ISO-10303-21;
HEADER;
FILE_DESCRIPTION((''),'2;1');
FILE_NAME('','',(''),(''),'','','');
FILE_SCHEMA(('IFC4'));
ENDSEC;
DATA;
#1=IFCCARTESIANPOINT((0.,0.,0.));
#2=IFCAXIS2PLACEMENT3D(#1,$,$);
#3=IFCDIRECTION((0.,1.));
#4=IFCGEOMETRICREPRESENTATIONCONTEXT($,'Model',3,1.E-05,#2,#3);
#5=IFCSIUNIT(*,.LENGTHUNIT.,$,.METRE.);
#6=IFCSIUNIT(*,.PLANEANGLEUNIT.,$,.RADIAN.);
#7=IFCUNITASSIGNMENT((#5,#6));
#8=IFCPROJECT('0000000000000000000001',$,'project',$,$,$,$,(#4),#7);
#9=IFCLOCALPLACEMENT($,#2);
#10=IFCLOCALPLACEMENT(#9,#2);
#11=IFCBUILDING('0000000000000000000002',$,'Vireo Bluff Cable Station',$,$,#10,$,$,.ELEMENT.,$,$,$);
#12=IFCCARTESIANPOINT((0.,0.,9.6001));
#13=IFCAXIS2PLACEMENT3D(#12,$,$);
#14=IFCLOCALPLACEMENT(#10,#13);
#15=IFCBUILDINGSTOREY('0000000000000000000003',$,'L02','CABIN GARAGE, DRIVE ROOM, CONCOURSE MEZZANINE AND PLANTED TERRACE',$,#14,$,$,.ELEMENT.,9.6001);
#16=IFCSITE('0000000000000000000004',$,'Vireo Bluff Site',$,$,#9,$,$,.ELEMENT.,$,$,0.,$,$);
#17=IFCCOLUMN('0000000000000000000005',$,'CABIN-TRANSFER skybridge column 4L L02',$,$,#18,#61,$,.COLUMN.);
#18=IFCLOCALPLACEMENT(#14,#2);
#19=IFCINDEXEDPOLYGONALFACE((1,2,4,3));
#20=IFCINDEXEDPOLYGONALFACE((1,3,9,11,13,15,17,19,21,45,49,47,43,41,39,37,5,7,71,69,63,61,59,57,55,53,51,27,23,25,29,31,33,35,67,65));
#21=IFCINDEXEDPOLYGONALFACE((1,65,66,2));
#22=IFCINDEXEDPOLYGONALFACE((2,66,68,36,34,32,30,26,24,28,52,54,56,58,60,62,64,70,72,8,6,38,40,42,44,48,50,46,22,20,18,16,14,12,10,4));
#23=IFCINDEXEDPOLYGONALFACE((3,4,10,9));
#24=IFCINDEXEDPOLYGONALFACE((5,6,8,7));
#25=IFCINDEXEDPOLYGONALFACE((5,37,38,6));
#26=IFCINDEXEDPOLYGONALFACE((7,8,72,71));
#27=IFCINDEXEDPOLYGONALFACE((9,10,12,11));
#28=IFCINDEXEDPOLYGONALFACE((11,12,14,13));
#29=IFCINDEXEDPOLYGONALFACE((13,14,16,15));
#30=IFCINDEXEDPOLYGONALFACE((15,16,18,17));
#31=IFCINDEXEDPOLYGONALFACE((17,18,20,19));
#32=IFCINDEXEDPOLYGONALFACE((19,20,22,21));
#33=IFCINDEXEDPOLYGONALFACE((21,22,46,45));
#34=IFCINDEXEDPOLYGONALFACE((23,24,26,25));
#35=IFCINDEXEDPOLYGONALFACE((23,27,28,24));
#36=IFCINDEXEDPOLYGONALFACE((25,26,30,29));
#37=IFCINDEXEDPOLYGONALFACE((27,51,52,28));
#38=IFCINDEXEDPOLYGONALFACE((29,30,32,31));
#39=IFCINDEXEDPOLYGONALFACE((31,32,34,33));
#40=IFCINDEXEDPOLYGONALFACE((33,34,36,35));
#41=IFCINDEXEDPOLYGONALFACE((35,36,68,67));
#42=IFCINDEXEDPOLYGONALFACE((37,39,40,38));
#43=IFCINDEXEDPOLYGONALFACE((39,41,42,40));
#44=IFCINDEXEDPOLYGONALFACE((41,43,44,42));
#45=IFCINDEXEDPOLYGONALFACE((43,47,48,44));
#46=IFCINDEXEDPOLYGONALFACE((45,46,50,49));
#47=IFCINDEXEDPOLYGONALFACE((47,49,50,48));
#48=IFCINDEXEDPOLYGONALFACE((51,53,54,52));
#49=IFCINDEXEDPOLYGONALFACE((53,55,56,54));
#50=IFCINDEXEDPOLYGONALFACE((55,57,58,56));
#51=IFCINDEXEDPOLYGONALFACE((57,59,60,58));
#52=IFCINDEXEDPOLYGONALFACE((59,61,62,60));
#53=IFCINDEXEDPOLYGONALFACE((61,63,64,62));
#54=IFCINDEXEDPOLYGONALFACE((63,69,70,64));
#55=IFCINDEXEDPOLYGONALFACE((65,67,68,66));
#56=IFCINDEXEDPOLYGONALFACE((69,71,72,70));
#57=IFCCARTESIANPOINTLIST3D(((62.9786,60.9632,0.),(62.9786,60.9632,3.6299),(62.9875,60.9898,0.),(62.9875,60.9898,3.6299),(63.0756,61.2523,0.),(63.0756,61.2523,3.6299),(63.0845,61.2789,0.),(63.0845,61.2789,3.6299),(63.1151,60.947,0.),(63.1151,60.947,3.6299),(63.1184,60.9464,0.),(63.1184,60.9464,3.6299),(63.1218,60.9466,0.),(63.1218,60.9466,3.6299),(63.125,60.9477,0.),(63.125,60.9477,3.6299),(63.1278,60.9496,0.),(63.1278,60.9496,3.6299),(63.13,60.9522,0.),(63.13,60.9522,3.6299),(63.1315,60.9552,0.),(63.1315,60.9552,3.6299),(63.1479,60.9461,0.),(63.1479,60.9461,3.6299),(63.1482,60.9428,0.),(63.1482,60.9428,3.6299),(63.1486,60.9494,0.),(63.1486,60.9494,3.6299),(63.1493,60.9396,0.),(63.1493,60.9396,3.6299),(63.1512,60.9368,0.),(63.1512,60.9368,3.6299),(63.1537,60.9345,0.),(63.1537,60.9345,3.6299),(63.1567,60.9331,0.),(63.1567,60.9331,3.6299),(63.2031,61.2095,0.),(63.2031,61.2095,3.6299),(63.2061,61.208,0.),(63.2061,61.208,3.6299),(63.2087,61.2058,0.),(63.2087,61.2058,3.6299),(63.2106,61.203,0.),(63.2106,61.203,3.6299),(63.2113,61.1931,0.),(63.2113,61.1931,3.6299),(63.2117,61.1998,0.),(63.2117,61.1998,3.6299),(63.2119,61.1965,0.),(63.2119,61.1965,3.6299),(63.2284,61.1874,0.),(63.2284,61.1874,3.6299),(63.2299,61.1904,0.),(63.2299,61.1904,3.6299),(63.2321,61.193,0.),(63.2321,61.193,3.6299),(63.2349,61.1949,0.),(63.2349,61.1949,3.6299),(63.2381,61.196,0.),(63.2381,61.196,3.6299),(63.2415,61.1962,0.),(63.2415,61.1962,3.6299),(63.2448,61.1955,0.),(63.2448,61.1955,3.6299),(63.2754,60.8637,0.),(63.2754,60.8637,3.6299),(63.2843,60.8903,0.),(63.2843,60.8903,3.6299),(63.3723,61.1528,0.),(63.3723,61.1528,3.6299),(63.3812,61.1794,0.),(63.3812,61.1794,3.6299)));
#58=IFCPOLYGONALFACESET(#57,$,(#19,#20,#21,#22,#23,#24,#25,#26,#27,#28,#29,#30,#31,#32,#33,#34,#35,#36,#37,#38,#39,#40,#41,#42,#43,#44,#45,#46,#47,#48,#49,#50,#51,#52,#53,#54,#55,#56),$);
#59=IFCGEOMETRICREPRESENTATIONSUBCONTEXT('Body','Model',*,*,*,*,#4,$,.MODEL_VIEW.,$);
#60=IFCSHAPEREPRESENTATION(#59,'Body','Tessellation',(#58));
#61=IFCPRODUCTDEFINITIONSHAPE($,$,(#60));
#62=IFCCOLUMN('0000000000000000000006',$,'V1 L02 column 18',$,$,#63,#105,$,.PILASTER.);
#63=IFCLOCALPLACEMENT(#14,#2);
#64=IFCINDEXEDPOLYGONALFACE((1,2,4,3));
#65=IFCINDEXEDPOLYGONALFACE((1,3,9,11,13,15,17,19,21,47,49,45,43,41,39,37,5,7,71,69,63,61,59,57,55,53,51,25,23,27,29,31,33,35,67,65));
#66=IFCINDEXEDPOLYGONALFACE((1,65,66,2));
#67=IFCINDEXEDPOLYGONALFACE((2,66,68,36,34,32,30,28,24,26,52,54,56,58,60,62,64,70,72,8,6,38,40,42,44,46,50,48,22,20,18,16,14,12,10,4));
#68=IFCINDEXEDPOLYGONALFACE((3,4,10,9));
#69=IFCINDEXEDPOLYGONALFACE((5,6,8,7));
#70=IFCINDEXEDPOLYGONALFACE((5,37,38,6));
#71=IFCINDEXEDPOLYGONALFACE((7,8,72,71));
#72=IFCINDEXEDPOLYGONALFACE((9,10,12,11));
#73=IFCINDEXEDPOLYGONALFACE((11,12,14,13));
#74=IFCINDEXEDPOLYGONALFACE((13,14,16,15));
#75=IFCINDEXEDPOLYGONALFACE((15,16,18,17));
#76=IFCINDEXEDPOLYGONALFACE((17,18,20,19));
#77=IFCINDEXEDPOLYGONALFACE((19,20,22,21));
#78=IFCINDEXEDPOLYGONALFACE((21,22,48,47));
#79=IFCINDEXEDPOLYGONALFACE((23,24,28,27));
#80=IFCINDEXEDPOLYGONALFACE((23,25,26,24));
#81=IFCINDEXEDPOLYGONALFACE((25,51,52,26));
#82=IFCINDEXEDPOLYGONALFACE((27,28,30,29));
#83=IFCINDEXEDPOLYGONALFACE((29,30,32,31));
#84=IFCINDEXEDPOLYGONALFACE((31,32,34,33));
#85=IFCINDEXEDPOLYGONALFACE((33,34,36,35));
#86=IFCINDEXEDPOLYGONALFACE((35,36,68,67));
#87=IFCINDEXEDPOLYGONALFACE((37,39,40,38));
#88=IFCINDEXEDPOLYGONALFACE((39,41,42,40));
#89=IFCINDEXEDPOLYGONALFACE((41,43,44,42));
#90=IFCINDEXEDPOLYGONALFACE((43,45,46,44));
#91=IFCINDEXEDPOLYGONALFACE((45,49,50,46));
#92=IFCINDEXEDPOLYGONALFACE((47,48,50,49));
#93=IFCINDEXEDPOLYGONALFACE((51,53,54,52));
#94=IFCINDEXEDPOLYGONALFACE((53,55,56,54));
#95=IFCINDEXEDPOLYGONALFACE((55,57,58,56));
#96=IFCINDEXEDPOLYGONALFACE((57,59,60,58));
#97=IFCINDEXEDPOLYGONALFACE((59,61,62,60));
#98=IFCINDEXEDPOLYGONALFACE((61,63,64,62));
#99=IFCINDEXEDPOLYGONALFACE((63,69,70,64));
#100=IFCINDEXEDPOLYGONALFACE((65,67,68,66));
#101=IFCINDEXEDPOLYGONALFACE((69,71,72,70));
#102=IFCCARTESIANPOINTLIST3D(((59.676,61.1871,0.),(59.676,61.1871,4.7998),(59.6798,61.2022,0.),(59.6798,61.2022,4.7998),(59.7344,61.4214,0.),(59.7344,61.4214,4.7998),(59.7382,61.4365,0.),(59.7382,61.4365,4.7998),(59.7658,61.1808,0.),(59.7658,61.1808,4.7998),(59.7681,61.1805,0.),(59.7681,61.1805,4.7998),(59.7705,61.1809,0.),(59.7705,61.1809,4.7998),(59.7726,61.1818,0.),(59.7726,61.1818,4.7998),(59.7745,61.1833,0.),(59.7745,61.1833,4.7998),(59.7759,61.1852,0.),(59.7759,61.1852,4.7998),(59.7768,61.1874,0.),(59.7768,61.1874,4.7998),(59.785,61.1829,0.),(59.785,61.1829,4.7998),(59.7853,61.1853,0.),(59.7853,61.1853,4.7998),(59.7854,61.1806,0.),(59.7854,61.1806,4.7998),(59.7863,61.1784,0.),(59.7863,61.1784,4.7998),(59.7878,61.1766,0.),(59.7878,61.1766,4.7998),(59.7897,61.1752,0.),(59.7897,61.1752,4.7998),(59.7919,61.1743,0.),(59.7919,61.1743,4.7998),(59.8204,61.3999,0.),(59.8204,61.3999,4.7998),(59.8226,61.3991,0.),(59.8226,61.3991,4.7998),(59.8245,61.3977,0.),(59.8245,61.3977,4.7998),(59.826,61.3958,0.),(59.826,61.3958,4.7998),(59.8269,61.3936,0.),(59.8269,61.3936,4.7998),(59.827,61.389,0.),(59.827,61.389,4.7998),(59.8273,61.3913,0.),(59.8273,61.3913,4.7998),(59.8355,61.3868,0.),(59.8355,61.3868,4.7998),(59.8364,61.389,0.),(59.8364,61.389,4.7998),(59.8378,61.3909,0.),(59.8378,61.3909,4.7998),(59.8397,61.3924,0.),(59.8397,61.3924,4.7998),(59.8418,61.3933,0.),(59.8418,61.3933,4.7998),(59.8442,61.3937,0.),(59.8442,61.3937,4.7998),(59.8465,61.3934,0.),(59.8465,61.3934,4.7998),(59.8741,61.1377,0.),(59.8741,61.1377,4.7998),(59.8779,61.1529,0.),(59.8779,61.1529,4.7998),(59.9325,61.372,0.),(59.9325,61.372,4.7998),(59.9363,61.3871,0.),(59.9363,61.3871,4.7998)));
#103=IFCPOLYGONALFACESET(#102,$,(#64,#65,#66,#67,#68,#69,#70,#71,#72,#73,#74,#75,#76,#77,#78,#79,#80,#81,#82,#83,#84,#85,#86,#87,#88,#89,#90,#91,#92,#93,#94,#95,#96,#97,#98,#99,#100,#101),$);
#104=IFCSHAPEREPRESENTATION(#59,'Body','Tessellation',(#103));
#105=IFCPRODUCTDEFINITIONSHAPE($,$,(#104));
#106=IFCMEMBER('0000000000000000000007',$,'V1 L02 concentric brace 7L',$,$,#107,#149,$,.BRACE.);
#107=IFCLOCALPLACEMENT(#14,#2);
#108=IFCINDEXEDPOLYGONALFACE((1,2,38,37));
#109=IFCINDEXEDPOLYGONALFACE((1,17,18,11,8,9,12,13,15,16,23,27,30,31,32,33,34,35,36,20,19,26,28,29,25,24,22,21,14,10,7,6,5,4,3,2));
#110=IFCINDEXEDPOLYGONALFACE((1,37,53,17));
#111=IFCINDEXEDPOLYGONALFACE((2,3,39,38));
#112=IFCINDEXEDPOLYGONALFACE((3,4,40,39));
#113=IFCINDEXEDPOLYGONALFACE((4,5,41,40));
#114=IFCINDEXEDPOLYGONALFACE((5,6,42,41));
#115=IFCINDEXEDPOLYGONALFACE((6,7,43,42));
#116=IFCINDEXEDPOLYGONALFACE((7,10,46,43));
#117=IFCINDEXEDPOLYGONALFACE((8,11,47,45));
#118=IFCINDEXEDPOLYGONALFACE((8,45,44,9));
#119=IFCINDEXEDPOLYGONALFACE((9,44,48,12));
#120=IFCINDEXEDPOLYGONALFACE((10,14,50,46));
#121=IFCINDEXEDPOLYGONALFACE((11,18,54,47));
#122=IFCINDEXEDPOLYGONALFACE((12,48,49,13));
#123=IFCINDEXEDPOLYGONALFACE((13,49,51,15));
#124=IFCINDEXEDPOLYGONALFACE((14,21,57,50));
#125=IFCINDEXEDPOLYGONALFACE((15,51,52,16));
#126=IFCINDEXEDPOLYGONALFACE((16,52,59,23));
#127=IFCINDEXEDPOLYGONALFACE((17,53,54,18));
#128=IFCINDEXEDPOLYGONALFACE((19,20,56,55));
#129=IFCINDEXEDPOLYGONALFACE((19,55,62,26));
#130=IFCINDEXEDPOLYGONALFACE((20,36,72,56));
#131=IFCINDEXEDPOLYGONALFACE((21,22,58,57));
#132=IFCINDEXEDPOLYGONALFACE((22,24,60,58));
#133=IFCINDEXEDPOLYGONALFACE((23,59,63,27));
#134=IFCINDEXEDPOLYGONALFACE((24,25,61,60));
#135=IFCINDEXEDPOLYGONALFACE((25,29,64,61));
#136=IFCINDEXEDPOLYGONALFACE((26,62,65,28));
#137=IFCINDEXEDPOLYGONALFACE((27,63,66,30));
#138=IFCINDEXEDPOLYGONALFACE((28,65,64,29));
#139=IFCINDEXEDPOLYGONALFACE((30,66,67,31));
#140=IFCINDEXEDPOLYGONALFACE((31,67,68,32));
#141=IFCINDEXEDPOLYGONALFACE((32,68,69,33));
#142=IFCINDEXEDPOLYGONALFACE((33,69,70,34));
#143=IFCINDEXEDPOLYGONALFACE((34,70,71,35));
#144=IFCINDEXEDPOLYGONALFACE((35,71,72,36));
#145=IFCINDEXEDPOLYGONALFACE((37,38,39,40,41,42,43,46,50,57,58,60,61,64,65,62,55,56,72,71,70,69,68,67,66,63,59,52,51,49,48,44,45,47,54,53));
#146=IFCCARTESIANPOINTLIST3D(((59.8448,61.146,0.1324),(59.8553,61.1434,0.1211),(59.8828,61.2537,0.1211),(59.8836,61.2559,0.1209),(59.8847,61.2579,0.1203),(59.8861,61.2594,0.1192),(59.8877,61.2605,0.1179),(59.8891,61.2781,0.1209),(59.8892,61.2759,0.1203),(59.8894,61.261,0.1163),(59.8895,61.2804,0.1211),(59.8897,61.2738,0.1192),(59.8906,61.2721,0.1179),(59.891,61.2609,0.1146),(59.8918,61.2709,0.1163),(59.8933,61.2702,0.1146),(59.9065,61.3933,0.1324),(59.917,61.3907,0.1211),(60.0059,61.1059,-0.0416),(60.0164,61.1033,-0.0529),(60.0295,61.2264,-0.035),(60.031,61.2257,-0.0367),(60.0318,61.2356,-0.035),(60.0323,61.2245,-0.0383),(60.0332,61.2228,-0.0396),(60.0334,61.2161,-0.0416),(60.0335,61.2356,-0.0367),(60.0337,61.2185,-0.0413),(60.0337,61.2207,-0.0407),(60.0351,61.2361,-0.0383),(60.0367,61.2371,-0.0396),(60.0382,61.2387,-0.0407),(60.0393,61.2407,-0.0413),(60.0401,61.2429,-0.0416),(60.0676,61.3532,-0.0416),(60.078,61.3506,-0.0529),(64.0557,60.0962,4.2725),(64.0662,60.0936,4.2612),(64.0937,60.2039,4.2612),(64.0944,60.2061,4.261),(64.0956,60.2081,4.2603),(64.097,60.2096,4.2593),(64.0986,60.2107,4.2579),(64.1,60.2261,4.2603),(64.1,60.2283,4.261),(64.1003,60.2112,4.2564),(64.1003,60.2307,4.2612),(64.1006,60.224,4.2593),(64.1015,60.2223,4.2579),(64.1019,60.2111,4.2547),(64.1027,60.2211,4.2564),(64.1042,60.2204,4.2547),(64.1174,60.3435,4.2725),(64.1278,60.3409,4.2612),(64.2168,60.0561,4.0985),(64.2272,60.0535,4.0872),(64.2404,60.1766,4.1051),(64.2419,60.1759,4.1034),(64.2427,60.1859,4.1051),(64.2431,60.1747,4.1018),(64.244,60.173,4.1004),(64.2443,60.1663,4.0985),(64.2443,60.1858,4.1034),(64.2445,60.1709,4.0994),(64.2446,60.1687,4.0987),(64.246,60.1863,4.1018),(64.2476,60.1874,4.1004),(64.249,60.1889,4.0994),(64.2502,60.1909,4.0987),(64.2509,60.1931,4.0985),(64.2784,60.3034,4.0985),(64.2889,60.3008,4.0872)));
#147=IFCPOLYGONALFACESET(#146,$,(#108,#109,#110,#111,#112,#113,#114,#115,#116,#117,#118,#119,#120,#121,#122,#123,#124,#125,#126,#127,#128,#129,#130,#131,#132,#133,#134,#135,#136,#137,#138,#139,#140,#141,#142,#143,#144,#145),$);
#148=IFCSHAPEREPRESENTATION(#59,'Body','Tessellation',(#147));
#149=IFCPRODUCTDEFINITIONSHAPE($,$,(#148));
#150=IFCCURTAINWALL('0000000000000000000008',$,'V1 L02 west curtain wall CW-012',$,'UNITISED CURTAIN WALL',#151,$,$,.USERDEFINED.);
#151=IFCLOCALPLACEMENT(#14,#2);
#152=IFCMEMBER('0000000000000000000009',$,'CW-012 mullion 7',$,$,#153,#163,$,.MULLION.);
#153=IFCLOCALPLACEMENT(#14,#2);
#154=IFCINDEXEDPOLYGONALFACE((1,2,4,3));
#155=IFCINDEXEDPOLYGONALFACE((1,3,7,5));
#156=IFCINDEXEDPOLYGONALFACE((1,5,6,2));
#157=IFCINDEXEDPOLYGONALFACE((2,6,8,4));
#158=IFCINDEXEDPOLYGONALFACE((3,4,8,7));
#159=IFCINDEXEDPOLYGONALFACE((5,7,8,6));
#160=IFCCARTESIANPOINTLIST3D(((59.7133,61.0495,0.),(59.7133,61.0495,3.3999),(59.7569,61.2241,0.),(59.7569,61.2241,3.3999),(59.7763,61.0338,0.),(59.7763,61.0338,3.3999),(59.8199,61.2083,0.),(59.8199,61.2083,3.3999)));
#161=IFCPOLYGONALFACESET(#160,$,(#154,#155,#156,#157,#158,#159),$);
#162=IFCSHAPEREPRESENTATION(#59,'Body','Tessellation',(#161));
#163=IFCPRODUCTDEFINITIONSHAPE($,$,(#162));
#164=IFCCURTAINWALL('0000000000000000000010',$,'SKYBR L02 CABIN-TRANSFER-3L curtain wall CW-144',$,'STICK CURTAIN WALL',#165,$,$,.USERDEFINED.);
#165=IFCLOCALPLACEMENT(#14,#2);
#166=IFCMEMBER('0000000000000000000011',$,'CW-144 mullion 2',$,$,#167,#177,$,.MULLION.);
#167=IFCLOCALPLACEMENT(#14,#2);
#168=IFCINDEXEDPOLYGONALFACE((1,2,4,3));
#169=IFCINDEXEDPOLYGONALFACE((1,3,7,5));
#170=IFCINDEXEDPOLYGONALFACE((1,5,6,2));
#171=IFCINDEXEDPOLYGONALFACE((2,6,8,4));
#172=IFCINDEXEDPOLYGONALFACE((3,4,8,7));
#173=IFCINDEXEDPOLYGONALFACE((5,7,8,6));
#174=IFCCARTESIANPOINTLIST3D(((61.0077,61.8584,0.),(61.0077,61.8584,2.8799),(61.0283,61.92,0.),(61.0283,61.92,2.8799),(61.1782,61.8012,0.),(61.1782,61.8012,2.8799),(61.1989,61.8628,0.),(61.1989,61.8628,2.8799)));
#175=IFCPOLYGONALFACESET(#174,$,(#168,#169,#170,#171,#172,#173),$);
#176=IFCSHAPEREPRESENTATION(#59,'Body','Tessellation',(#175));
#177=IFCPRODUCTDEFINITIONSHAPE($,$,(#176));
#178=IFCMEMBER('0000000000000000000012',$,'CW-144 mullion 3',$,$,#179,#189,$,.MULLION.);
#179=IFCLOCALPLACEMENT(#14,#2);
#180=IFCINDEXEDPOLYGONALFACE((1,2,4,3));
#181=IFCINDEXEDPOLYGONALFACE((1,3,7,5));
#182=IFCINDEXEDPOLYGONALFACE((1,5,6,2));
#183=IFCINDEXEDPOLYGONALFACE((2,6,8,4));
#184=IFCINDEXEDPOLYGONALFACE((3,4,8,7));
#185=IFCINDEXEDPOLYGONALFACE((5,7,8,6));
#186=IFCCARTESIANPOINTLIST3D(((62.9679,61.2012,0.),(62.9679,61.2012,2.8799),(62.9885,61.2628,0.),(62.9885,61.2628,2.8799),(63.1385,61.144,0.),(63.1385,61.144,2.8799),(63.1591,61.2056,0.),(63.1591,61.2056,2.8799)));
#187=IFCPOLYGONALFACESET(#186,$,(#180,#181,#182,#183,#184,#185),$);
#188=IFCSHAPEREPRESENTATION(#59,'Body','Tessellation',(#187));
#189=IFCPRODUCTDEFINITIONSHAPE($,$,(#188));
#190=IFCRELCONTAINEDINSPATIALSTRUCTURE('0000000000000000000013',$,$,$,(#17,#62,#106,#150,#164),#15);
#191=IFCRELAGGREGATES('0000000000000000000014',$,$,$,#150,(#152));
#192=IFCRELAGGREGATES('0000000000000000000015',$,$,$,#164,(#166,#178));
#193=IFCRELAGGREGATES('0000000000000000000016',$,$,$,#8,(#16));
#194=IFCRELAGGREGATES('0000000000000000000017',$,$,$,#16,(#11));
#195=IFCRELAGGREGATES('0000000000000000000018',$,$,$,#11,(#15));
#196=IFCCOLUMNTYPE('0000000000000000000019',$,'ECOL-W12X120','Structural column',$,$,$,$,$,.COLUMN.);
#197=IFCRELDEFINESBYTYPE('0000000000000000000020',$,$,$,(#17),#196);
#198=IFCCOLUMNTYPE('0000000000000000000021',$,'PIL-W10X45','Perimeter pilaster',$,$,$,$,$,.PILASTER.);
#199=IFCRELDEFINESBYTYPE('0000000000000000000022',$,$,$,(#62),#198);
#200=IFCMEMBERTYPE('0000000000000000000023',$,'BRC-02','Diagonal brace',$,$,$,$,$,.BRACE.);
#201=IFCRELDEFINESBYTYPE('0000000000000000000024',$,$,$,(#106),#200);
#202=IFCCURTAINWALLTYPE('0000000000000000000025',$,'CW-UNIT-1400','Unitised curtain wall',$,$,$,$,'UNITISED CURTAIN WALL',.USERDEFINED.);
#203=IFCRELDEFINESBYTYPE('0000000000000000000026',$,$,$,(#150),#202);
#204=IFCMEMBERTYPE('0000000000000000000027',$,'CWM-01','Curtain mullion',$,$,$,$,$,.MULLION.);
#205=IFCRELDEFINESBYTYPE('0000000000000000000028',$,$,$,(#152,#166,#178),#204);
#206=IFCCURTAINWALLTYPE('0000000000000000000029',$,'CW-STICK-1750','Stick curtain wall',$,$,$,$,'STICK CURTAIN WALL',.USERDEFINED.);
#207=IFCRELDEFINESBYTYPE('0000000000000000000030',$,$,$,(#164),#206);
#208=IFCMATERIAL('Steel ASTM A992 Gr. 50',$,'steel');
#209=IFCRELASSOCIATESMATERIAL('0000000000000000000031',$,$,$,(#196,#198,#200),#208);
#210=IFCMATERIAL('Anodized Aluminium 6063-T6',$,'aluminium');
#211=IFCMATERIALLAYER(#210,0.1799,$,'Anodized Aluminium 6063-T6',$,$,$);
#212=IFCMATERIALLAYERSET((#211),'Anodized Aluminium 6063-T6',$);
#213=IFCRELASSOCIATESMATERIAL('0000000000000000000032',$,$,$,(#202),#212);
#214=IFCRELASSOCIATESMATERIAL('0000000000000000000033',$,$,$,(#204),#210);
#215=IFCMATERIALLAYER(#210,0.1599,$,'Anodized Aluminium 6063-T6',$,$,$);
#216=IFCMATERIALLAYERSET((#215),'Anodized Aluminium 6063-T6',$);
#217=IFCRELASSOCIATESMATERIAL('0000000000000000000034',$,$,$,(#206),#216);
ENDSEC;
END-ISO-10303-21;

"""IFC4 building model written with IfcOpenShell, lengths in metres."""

from ifc_helpers import new_model, si_unit, direction, frame, origin, origin_2d, place, context, subcontext, project, spatial, rectangle, i_section, extrude, material, layer, layer_set, material_profile, profile_set, type_object, element, aggregate, save


model = new_model("IFC4")

# Units and contexts
model_context = context("Model", 3, precision=1e-05, world=origin(), true_north=direction((0.0, 1.0)))
body_context = subcontext(model_context, "Body", "Model", "MODEL_VIEW")
ifc_project = project(units=[si_unit("LENGTHUNIT", "METRE"), si_unit("PLANEANGLEUNIT", "RADIAN")], contexts=[model_context])

# Site, building, storey
site_placement = place(None, origin())
site = spatial("IfcSite", under=ifc_project, at=site_placement, Name="Vireo Bluff Site", CompositionType="ELEMENT", RefElevation=0.0)
building_placement = place(site_placement, origin())
building = spatial("IfcBuilding", under=site, at=building_placement, Name="Vireo Bluff Cable Station", CompositionType="ELEMENT")
storey_placement = place(building_placement, frame((0.0, 0.0, 9.6001)))
storey = spatial("IfcBuildingStorey", under=building, at=storey_placement, Name="L02", Description="CABIN GARAGE, DRIVE ROOM, CONCOURSE MEZZANINE AND PLANTED TERRACE", CompositionType="ELEMENT", Elevation=9.6001)

# Columns
ifc_material_1 = material(Name="Steel ASTM A992 Gr. 50", Category="steel")
ifc_material_profile_1 = material_profile(ifc_material_1, i_section(OverallWidth=0.313, OverallDepth=0.333, WebThickness=0.0181, FlangeThickness=0.0281, FilletRadius=0.0129, at=origin_2d()), Name="W12X120")
ifc_profile_set_1 = profile_set([ifc_material_profile_1], Name="Steel ASTM A992 Gr. 50")
column_type_1 = type_object("IfcColumnType", Name="ECOL-W12X120", Description="Structural column", PredefinedType="COLUMN", material=ifc_profile_set_1)
column_1_placement = place(storey_placement, frame((63.1799, 61.0713, 0.0), z_axis=(0.0, 0.0, 1.0), x_axis=(0.948105, -0.317958, 0.0)))
element("IfcColumn", 1, at=column_1_placement, inside=storey, type_object=column_type_1, Name="CABIN-TRANSFER skybridge column 4L L02", PredefinedType="COLUMN", context=body_context, shape_type="SweptSolid", body=[
    extrude(i_section(OverallWidth=0.313, OverallDepth=0.333, WebThickness=0.0181, FlangeThickness=0.0281, FilletRadius=0.0129, at=origin_2d()), origin(), (0.0, 0.0, 1.0), 3.6299),
])
ifc_material_profile_2 = material_profile(ifc_material_1, i_section(OverallWidth=0.2041, OverallDepth=0.2571, WebThickness=0.0088, FlangeThickness=0.0156, FilletRadius=0.009, at=origin_2d()), Name="W10X45")
ifc_profile_set_2 = profile_set([ifc_material_profile_2], Name="Steel ASTM A992 Gr. 50")
column_type_2 = type_object("IfcColumnType", Name="PIL-W10X45", Description="Perimeter pilaster", PredefinedType="PILASTER", material=ifc_profile_set_2)
column_2_placement = place(storey_placement, frame((59.8062, 61.2871, 0.0), z_axis=(0.0, 0.0, 1.0), x_axis=(0.970296, -0.241922, 0.0)))
element("IfcColumn", 2, at=column_2_placement, inside=storey, type_object=column_type_2, Name="V1 L02 column 18", PredefinedType="PILASTER", context=body_context, shape_type="SweptSolid", body=[
    extrude(i_section(OverallWidth=0.2041, OverallDepth=0.2571, WebThickness=0.0088, FlangeThickness=0.0156, FilletRadius=0.009, at=origin_2d()), origin(), (0.0, 0.0, 1.0), 4.7998),
])

# Member
ifc_material_profile_3 = material_profile(ifc_material_1, i_section(OverallWidth=0.2549, OverallDepth=0.2561, WebThickness=0.0095, FlangeThickness=0.0156, FilletRadius=0.009, at=origin_2d()), Name="W10X54")
ifc_profile_set_3 = profile_set([ifc_material_profile_3], Name="Steel ASTM A992 Gr. 50")
member_type_1 = type_object("IfcMemberType", Name="BRC-02", Description="Diagonal brace", PredefinedType="BRACE", material=ifc_profile_set_3)
member_1_placement = place(storey_placement, frame((59.9614, 61.2483, 0.0398), z_axis=(0.702069, -0.175029, 0.690264), x_axis=(0.2419, 0.970301, 0.0)))
element("IfcMember", 3, at=member_1_placement, inside=storey, type_object=member_type_1, Name="V1 L02 concentric brace 7L", PredefinedType="BRACE", context=body_context, shape_type="SweptSolid", body=[
    extrude(i_section(OverallWidth=0.2549, OverallDepth=0.2561, WebThickness=0.0095, FlangeThickness=0.0156, FilletRadius=0.009, at=origin_2d()), origin(), (0.0, 0.0, 1.0), 5.9978),
])

# Curtain wall, member
ifc_material_2 = material(Name="Anodized Aluminium 6063-T6", Category="aluminium")
ifc_layer_1 = layer(ifc_material_2, 0.1799, Name="Anodized Aluminium 6063-T6")
ifc_layer_set_1 = layer_set([ifc_layer_1], Name="Anodized Aluminium 6063-T6")
curtain_wall_type_1 = type_object("IfcCurtainWallType", Name="CW-UNIT-1400", Description="Unitised curtain wall", ElementType="UNITISED CURTAIN WALL", PredefinedType="USERDEFINED", material=ifc_layer_set_1)
curtain_wall_1_placement = place(storey_placement, origin())
curtain_wall_1 = element("IfcCurtainWall", 4, at=curtain_wall_1_placement, inside=storey, type_object=curtain_wall_type_1, Name="V1 L02 west curtain wall CW-012", ObjectType="UNITISED CURTAIN WALL", PredefinedType="USERDEFINED")
ifc_material_profile_4 = material_profile(ifc_material_2, rectangle(XDim=0.0649, YDim=0.1799, at=origin_2d()), Name="ALU-M-65X180")
ifc_profile_set_4 = profile_set([ifc_material_profile_4], Name="Anodized Aluminium 6063-T6")
member_type_2 = type_object("IfcMemberType", Name="CWM-01", Description="Curtain mullion", PredefinedType="MULLION", material=ifc_profile_set_4)
member_2_placement = place(storey_placement, frame((59.7666, 61.1289, 0.0), z_axis=(0.0, 0.0, 1.0), x_axis=(-0.970296, 0.241922, 0.0)))
member_2 = element("IfcMember", 5, at=member_2_placement, type_object=member_type_2, Name="CW-012 mullion 7", PredefinedType="MULLION", context=body_context, shape_type="SweptSolid", body=[
    extrude(rectangle(XDim=0.0649, YDim=0.1799, at=origin_2d()), origin(), (0.0, 0.0, 1.0), 3.3999),
])

# Curtain wall, members
ifc_layer_2 = layer(ifc_material_2, 0.1599, Name="Anodized Aluminium 6063-T6")
ifc_layer_set_2 = layer_set([ifc_layer_2], Name="Anodized Aluminium 6063-T6")
curtain_wall_type_2 = type_object("IfcCurtainWallType", Name="CW-STICK-1750", Description="Stick curtain wall", ElementType="STICK CURTAIN WALL", PredefinedType="USERDEFINED", material=ifc_layer_set_2)
curtain_wall_2_placement = place(storey_placement, origin())
curtain_wall_2 = element("IfcCurtainWall", 6, at=curtain_wall_2_placement, inside=storey, type_object=curtain_wall_type_2, Name="SKYBR L02 CABIN-TRANSFER-3L curtain wall CW-144", ObjectType="STICK CURTAIN WALL", PredefinedType="USERDEFINED")
member_3_placement = place(storey_placement, frame((61.1033, 61.8606, 0.0), z_axis=(0.0, 0.0, 1.0), x_axis=(0.317934, 0.948113, 0.0)))
member_3 = element("IfcMember", 7, at=member_3_placement, type_object=member_type_2, Name="CW-144 mullion 2", PredefinedType="MULLION", context=body_context, shape_type="SweptSolid", body=[
    extrude(rectangle(XDim=0.0649, YDim=0.1799, at=origin_2d()), origin(), (0.0, 0.0, 1.0), 2.8799),
])
member_4_placement = place(storey_placement, frame((63.0635, 61.2034, 0.0), z_axis=(0.0, 0.0, 1.0), x_axis=(0.317934, 0.948113, 0.0)))
member_4 = element("IfcMember", 8, at=member_4_placement, type_object=member_type_2, Name="CW-144 mullion 3", PredefinedType="MULLION", context=body_context, shape_type="SweptSolid", body=[
    extrude(rectangle(XDim=0.0649, YDim=0.1799, at=origin_2d()), origin(), (0.0, 0.0, 1.0), 2.8799),
])

aggregate(curtain_wall_1, [member_2])
aggregate(curtain_wall_2, [member_3, member_4])

save(model, "model.ifc")
